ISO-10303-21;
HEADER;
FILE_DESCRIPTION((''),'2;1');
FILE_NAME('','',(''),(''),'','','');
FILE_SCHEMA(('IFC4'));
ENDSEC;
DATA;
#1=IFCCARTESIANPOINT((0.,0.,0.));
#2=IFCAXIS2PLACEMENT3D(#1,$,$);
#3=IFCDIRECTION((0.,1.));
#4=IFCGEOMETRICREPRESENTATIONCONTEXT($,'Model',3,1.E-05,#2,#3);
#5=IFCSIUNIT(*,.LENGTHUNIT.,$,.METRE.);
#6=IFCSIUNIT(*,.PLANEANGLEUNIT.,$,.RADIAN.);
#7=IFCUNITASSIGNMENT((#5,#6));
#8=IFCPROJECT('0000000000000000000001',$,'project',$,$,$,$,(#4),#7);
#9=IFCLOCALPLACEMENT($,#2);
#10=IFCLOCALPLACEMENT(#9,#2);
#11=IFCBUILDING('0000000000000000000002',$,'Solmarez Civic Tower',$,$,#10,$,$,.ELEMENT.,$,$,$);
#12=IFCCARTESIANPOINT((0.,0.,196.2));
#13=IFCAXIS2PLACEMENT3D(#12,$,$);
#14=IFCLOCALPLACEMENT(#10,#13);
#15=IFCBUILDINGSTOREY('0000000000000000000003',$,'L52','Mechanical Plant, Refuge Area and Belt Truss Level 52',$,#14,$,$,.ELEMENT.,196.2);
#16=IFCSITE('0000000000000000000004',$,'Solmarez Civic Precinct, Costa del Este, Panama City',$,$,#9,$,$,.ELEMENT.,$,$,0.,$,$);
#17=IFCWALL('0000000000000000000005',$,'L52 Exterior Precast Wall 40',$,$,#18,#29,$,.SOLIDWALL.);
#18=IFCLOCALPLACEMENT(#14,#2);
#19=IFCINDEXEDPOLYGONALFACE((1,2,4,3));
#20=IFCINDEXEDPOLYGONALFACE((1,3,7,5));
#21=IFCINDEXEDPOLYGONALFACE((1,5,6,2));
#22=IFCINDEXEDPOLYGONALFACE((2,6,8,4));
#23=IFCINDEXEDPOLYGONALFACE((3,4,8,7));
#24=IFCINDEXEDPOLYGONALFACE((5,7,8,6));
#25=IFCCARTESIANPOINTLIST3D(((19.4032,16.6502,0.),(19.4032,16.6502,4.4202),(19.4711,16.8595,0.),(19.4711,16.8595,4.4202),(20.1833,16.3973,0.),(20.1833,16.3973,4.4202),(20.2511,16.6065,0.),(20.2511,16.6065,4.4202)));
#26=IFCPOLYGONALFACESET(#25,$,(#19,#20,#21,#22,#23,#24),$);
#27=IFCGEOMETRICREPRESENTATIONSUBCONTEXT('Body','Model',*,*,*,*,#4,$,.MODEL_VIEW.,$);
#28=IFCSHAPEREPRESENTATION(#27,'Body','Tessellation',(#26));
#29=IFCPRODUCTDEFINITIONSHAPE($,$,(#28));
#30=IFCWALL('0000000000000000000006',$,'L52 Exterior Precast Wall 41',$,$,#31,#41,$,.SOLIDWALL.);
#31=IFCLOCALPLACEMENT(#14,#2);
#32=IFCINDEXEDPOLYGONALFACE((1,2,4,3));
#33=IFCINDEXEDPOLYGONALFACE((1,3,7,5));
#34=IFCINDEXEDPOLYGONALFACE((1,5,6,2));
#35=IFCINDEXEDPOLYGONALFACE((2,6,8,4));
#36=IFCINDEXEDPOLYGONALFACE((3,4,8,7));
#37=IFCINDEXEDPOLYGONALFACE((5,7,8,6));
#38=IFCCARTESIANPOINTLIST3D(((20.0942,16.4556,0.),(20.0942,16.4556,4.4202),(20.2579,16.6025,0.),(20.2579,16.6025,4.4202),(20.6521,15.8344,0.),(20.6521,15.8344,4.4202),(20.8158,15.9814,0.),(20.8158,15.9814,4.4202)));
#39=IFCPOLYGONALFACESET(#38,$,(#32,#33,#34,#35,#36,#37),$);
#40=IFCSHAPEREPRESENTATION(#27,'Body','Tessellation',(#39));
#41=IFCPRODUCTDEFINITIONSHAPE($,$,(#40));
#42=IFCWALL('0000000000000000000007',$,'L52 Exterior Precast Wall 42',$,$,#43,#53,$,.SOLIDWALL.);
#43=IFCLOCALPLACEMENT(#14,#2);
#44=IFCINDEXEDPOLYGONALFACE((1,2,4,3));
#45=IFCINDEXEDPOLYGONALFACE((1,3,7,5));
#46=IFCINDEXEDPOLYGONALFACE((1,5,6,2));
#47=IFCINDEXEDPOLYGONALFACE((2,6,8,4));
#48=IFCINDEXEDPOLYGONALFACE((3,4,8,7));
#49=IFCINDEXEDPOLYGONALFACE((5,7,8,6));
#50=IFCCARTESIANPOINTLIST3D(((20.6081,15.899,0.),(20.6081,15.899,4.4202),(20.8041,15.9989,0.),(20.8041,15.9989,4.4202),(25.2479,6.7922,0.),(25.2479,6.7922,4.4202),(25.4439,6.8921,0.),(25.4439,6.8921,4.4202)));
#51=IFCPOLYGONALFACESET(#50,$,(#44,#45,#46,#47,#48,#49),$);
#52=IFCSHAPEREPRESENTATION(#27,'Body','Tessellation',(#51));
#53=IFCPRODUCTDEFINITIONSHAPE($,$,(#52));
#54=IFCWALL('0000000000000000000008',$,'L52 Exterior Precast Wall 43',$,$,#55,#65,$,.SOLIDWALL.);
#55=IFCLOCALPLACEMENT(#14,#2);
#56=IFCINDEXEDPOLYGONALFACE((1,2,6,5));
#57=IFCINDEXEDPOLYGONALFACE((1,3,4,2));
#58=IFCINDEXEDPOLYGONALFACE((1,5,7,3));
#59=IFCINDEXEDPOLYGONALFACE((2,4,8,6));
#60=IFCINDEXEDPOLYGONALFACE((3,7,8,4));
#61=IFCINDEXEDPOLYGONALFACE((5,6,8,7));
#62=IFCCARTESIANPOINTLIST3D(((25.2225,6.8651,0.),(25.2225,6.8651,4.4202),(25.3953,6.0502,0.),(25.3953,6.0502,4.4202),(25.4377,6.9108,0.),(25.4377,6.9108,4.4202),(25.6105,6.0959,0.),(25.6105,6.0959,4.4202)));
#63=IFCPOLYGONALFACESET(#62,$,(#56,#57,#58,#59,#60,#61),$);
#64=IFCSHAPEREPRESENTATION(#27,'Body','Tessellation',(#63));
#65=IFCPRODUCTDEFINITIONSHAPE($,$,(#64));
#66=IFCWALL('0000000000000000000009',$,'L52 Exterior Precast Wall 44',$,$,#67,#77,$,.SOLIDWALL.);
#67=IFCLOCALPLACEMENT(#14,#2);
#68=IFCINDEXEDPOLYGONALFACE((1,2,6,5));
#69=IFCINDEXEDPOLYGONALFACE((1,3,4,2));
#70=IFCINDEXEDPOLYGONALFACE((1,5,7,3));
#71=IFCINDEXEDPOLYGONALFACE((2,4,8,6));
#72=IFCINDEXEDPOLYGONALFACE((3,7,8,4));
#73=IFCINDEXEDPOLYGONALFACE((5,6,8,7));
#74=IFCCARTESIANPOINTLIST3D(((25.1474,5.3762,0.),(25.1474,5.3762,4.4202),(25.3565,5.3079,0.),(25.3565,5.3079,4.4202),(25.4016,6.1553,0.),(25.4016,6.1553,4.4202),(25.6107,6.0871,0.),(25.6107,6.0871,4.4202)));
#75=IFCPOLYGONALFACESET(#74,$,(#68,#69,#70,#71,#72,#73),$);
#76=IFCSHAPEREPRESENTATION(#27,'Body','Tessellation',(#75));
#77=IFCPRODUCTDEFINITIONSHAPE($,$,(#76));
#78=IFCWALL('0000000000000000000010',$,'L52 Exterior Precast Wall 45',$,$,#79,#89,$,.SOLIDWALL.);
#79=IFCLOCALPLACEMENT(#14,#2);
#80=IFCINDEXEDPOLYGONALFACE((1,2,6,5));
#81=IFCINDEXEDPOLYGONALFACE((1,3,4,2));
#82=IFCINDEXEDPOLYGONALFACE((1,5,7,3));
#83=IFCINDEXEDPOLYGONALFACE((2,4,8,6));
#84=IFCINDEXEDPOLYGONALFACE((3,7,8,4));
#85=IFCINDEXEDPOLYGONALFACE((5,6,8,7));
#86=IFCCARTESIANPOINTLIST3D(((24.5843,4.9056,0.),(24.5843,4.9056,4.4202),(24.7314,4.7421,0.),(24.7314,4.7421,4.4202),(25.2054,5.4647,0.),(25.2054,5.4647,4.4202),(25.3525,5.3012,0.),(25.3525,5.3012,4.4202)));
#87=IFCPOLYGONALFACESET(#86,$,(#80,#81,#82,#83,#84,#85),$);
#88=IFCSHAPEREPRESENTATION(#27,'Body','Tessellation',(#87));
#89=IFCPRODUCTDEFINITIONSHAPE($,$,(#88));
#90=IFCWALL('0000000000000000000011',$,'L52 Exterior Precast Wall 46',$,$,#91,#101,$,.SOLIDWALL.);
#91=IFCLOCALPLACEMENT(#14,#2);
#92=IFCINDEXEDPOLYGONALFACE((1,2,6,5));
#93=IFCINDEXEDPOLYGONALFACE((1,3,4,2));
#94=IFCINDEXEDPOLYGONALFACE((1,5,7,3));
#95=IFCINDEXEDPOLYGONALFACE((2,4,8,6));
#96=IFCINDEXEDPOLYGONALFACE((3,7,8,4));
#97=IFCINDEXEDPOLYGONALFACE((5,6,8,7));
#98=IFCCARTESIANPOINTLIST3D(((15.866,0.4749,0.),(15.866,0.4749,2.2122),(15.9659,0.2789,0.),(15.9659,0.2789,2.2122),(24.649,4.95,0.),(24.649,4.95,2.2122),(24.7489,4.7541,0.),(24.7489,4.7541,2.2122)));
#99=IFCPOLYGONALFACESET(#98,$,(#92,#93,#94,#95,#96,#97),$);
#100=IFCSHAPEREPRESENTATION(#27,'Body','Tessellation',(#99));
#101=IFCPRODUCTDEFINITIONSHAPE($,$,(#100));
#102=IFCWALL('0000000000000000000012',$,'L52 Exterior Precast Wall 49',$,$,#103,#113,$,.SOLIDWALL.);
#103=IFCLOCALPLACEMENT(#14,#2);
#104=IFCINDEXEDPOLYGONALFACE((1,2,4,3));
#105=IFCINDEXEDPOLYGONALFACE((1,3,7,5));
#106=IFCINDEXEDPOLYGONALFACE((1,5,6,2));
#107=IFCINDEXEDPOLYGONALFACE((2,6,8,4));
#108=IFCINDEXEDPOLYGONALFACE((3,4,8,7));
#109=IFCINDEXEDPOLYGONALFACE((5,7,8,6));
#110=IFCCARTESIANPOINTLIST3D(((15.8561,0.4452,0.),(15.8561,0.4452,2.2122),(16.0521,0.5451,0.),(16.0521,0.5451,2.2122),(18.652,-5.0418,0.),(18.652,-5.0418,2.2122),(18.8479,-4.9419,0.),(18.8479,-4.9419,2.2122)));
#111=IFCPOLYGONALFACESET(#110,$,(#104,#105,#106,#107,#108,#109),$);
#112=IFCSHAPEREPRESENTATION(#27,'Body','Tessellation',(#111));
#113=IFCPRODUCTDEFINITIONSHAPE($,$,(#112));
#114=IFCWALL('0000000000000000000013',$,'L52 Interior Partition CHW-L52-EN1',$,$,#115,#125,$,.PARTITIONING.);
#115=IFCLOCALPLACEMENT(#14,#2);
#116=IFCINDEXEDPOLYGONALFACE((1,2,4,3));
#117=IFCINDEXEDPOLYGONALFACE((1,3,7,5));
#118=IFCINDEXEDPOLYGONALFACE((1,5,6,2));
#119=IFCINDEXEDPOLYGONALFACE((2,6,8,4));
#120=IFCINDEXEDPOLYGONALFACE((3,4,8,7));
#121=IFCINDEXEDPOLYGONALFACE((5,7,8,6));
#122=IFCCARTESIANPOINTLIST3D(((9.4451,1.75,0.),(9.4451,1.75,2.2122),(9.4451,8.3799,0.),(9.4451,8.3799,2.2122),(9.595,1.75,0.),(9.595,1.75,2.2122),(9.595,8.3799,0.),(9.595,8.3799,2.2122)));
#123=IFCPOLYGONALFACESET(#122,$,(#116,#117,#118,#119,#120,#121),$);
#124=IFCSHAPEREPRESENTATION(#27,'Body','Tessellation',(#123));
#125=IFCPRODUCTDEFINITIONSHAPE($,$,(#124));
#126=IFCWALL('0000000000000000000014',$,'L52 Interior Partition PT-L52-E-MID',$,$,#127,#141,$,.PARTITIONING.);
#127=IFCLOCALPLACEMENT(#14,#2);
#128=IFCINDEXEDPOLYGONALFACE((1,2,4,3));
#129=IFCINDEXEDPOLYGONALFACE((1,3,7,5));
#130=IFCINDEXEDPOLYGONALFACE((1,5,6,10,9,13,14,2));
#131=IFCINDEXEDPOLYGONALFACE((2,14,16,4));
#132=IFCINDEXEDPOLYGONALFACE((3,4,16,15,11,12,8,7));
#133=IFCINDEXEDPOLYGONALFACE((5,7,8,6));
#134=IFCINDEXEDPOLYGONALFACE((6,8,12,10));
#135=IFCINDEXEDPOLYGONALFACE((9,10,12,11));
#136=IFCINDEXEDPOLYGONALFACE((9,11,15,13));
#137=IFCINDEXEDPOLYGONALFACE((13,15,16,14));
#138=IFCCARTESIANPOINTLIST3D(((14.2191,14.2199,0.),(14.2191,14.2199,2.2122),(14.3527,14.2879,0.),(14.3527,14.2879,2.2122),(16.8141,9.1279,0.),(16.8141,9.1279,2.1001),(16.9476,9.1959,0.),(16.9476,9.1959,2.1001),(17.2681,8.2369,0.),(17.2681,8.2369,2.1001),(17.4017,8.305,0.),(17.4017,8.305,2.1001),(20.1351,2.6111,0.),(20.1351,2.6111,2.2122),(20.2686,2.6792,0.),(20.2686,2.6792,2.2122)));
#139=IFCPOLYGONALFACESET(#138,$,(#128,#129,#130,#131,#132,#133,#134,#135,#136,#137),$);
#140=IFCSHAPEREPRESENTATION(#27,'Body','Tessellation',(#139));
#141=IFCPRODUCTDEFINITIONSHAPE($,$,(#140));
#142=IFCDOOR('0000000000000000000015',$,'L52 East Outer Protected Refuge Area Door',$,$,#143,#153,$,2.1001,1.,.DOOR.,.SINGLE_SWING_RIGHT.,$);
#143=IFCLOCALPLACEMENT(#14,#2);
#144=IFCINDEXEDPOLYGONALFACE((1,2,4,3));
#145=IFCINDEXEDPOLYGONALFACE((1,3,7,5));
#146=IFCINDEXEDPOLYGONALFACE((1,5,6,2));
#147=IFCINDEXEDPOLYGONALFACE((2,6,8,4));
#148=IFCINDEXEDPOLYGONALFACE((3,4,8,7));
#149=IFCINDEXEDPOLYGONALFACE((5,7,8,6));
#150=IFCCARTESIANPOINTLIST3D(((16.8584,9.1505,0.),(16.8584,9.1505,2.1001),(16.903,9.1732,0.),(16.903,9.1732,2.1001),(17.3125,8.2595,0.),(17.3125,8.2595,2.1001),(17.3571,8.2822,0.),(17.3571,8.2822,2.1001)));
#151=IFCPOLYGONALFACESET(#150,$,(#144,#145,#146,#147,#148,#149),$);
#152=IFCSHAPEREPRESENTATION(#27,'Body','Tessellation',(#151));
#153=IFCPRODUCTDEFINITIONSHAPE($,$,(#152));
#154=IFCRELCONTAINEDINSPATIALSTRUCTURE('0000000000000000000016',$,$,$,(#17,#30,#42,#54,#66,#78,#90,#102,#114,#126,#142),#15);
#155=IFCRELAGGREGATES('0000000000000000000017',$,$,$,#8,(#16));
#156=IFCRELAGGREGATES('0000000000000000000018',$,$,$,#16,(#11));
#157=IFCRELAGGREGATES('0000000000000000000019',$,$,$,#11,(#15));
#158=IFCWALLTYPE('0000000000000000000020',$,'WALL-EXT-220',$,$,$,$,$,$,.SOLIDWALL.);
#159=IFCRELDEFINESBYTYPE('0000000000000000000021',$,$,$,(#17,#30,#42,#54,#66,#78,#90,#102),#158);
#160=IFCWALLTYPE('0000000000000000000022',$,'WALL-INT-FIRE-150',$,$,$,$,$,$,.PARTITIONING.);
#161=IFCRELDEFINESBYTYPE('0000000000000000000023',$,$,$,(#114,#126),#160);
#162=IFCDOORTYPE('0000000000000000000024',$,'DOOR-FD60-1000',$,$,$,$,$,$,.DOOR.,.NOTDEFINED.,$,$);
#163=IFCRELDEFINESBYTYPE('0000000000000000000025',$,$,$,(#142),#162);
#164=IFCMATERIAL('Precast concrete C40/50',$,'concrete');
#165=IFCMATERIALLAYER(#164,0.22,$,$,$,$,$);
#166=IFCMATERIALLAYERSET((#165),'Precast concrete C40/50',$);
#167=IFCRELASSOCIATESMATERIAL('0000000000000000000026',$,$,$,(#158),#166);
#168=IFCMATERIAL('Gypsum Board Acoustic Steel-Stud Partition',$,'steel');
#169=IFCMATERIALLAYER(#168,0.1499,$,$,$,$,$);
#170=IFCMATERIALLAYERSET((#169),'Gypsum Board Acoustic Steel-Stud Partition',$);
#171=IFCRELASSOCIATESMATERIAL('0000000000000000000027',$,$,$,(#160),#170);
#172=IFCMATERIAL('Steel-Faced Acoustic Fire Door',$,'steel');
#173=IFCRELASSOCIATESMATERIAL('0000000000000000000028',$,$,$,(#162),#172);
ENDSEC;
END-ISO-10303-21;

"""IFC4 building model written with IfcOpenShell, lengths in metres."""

from ifc_helpers import new_model, si_unit, direction, frame, frame_2d, origin, place, context, subcontext, project, spatial, rectangle, extrude, material, layer, layer_set, type_object, element, fill, save


model = new_model("IFC4")

# Units and contexts
model_context = context("Model", 3, precision=1e-05, world=origin(), true_north=direction((0.0, 1.0)))
body_context = subcontext(model_context, "Body", "Model", "MODEL_VIEW")
ifc_project = project(units=[si_unit("LENGTHUNIT", "METRE"), si_unit("PLANEANGLEUNIT", "RADIAN")], contexts=[model_context])

# Site, building, storey
site_placement = place(None, origin())
site = spatial("IfcSite", under=ifc_project, at=site_placement, Name="Solmarez Civic Precinct, Costa del Este, Panama City", CompositionType="ELEMENT", RefElevation=0.0)
building_placement = place(site_placement, origin())
building = spatial("IfcBuilding", under=site, at=building_placement, Name="Solmarez Civic Tower", CompositionType="ELEMENT")
storey_placement = place(building_placement, frame((0.0, 0.0, 196.2)))
storey = spatial("IfcBuildingStorey", under=building, at=storey_placement, Name="L52", Description="Mechanical Plant, Refuge Area and Belt Truss Level 52", CompositionType="ELEMENT", Elevation=196.2)

# Walls
ifc_material_1 = material(Name="Precast concrete C40/50", Category="concrete")
ifc_layer_1 = layer(ifc_material_1, 0.22)
ifc_layer_set_1 = layer_set([ifc_layer_1], Name="Precast concrete C40/50")
wall_type_1 = type_object("IfcWallType", Name="WALL-EXT-220", PredefinedType="SOLIDWALL", material=ifc_layer_set_1)
wall_1_placement = place(storey_placement, frame((19.437, 16.7549, 0.0), z_axis=(0.0, 0.0, 1.0), x_axis=(0.951242, -0.308446, 0.0)))
element("IfcWall", 1, at=wall_1_placement, inside=storey, type_object=wall_type_1, Name="L52 Exterior Precast Wall 40", PredefinedType="SOLIDWALL", context=body_context, shape_type="SweptSolid", body=[
    extrude(rectangle(XDim=0.8201, YDim=0.22, at=frame_2d((0.4102, 0.0))), origin(), (0.0, 0.0, 1.0), 4.4202),
])
wall_2_placement = place(storey_placement, frame((20.176, 16.5291, 0.0), z_axis=(0.0, 0.0, 1.0), x_axis=(0.668221, -0.743963, 0.0)))
element("IfcWall", 2, at=wall_2_placement, inside=storey, type_object=wall_type_1, Name="L52 Exterior Precast Wall 41", PredefinedType="SOLIDWALL", context=body_context, shape_type="SweptSolid", body=[
    extrude(rectangle(XDim=0.835, YDim=0.22, at=frame_2d((0.4175, 0.0))), origin(), (0.0, 0.0, 1.0), 4.4202),
])
wall_3_placement = place(storey_placement, frame((20.7061, 15.949, 0.0), z_axis=(0.0, 0.0, 1.0), x_axis=(0.453965, -0.891019, 0.0)))
element("IfcWall", 3, at=wall_3_placement, inside=storey, type_object=wall_type_1, Name="L52 Exterior Precast Wall 42", PredefinedType="SOLIDWALL", context=body_context, shape_type="SweptSolid", body=[
    extrude(rectangle(XDim=10.2207, YDim=0.22, at=frame_2d((5.1104, 0.0))), origin(), (0.0, 0.0, 1.0), 4.4202),
])
wall_4_placement = place(storey_placement, frame((25.3301, 6.8879, 0.0), z_axis=(0.0, 0.0, 1.0), x_axis=(0.207487, -0.978238, 0.0)))
element("IfcWall", 4, at=wall_4_placement, inside=storey, type_object=wall_type_1, Name="L52 Exterior Precast Wall 43", PredefinedType="SOLIDWALL", context=body_context, shape_type="SweptSolid", body=[
    extrude(rectangle(XDim=0.833, YDim=0.22, at=frame_2d((0.4165, 0.0))), origin(), (0.0, 0.0, 1.0), 4.4202),
])
wall_5_placement = place(storey_placement, frame((25.5061, 6.1211, 0.0), z_axis=(0.0, 0.0, 1.0), x_axis=(-0.310144, -0.95069, 0.0)))
element("IfcWall", 5, at=wall_5_placement, inside=storey, type_object=wall_type_1, Name="L52 Exterior Precast Wall 44", PredefinedType="SOLIDWALL", context=body_context, shape_type="SweptSolid", body=[
    extrude(rectangle(XDim=0.8196, YDim=0.22, at=frame_2d((0.4097, 0.0))), origin(), (0.0, 0.0, 1.0), 4.4202),
])
wall_6_placement = place(storey_placement, frame((25.2791, 5.3831, 0.0), z_axis=(0.0, 0.0, 1.0), x_axis=(-0.743236, -0.669029, 0.0)))
element("IfcWall", 6, at=wall_6_placement, inside=storey, type_object=wall_type_1, Name="L52 Exterior Precast Wall 45", PredefinedType="SOLIDWALL", context=body_context, shape_type="SweptSolid", body=[
    extrude(rectangle(XDim=0.8357, YDim=0.22, at=frame_2d((0.418, 0.0))), origin(), (0.0, 0.0, 1.0), 4.4202),
])
wall_7_placement = place(storey_placement, frame((24.699, 4.8521, 0.0), z_axis=(0.0, 0.0, 1.0), x_axis=(-0.891008, -0.453987, 0.0)))
element("IfcWall", 7, at=wall_7_placement, inside=storey, type_object=wall_type_1, Name="L52 Exterior Precast Wall 46", PredefinedType="SOLIDWALL", context=body_context, shape_type="SweptSolid", body=[
    extrude(rectangle(XDim=9.8574, YDim=0.22, at=frame_2d((4.9287, 0.0))), origin(), (0.0, 0.0, 1.0), 2.2122),
])
wall_8_placement = place(storey_placement, frame((15.9541, 0.4951, 0.0), z_axis=(0.0, 0.0, 1.0), x_axis=(0.454004, -0.891, 0.0)))
element("IfcWall", 8, at=wall_8_placement, inside=storey, type_object=wall_type_1, Name="L52 Exterior Precast Wall 49", PredefinedType="SOLIDWALL", context=body_context, shape_type="SweptSolid", body=[
    extrude(rectangle(XDim=6.1582, YDim=0.22, at=frame_2d((3.0791, 0.0))), origin(), (0.0, 0.0, 1.0), 2.2122),
])
ifc_material_2 = material(Name="Gypsum Board Acoustic Steel-Stud Partition", Category="steel")
ifc_layer_2 = layer(ifc_material_2, 0.1499)
ifc_layer_set_2 = layer_set([ifc_layer_2], Name="Gypsum Board Acoustic Steel-Stud Partition")
wall_type_2 = type_object("IfcWallType", Name="WALL-INT-FIRE-150", PredefinedType="PARTITIONING", material=ifc_layer_set_2)
wall_9_placement = place(storey_placement, frame((9.52, 1.75, 0.0), z_axis=(0.0, 0.0, 1.0), x_axis=(0.0, 1.0, 0.0)))
element("IfcWall", 9, at=wall_9_placement, inside=storey, type_object=wall_type_2, Name="L52 Interior Partition CHW-L52-EN1", PredefinedType="PARTITIONING", context=body_context, shape_type="SweptSolid", body=[
    extrude(rectangle(XDim=6.6299, YDim=0.1499, at=frame_2d((3.3149, 0.0))), origin(), (0.0, 0.0, 1.0), 2.2122),
])

# Wall, opening, door
wall_10_placement = place(storey_placement, frame((14.2859, 14.2539, 0.0), z_axis=(0.0, 0.0, 1.0), x_axis=(0.454051, -0.890976, 0.0)))
wall_10 = element("IfcWall", 10, at=wall_10_placement, inside=storey, type_object=wall_type_2, Name="L52 Interior Partition PT-L52-E-MID", PredefinedType="PARTITIONING", context=body_context, shape_type="SweptSolid", body=[
    extrude(rectangle(XDim=13.0293, YDim=0.1499, at=frame_2d((6.5146, 0.0))), origin(), (0.0, 0.0, 1.0), 2.2122),
])
opening_placement = place(wall_10_placement, frame((5.7151, 0.0, 0.0)))
opening = element("IfcOpeningElement", 11, at=opening_placement, cuts=wall_10, PredefinedType="OPENING", context=body_context, shape_type="SweptSolid", body=[
    extrude(rectangle(XDim=1.0, YDim=2.1001, at=frame_2d((0.5, 1.05))), frame((0.0, 0.085, 0.0), z_axis=(0.0, -1.0, 0.0), x_axis=(1.0, 0.0, 0.0)), (0.0, 0.0, 1.0), 0.1699),
])
ifc_material_3 = material(Name="Steel-Faced Acoustic Fire Door", Category="steel")
door_type = type_object("IfcDoorType", Name="DOOR-FD60-1000", OperationType="NOTDEFINED", PredefinedType="DOOR", material=ifc_material_3)
door_placement = place(opening_placement, origin())
door = element("IfcDoor", 12, at=door_placement, inside=storey, type_object=door_type, Name="L52 East Outer Protected Refuge Area Door", OperationType="SINGLE_SWING_RIGHT", OverallHeight=2.1001, OverallWidth=1.0, PredefinedType="DOOR", context=body_context, shape_type="SweptSolid", body=[
    extrude(rectangle(XDim=1.0, YDim=2.1001, at=frame_2d((0.5, 1.05))), frame((0.0, 0.0249, 0.0), z_axis=(0.0, -1.0, 0.0), x_axis=(1.0, 0.0, 0.0)), (0.0, 0.0, 1.0), 0.05),
])
fill(opening, door)

save(model, "model.ifc")
